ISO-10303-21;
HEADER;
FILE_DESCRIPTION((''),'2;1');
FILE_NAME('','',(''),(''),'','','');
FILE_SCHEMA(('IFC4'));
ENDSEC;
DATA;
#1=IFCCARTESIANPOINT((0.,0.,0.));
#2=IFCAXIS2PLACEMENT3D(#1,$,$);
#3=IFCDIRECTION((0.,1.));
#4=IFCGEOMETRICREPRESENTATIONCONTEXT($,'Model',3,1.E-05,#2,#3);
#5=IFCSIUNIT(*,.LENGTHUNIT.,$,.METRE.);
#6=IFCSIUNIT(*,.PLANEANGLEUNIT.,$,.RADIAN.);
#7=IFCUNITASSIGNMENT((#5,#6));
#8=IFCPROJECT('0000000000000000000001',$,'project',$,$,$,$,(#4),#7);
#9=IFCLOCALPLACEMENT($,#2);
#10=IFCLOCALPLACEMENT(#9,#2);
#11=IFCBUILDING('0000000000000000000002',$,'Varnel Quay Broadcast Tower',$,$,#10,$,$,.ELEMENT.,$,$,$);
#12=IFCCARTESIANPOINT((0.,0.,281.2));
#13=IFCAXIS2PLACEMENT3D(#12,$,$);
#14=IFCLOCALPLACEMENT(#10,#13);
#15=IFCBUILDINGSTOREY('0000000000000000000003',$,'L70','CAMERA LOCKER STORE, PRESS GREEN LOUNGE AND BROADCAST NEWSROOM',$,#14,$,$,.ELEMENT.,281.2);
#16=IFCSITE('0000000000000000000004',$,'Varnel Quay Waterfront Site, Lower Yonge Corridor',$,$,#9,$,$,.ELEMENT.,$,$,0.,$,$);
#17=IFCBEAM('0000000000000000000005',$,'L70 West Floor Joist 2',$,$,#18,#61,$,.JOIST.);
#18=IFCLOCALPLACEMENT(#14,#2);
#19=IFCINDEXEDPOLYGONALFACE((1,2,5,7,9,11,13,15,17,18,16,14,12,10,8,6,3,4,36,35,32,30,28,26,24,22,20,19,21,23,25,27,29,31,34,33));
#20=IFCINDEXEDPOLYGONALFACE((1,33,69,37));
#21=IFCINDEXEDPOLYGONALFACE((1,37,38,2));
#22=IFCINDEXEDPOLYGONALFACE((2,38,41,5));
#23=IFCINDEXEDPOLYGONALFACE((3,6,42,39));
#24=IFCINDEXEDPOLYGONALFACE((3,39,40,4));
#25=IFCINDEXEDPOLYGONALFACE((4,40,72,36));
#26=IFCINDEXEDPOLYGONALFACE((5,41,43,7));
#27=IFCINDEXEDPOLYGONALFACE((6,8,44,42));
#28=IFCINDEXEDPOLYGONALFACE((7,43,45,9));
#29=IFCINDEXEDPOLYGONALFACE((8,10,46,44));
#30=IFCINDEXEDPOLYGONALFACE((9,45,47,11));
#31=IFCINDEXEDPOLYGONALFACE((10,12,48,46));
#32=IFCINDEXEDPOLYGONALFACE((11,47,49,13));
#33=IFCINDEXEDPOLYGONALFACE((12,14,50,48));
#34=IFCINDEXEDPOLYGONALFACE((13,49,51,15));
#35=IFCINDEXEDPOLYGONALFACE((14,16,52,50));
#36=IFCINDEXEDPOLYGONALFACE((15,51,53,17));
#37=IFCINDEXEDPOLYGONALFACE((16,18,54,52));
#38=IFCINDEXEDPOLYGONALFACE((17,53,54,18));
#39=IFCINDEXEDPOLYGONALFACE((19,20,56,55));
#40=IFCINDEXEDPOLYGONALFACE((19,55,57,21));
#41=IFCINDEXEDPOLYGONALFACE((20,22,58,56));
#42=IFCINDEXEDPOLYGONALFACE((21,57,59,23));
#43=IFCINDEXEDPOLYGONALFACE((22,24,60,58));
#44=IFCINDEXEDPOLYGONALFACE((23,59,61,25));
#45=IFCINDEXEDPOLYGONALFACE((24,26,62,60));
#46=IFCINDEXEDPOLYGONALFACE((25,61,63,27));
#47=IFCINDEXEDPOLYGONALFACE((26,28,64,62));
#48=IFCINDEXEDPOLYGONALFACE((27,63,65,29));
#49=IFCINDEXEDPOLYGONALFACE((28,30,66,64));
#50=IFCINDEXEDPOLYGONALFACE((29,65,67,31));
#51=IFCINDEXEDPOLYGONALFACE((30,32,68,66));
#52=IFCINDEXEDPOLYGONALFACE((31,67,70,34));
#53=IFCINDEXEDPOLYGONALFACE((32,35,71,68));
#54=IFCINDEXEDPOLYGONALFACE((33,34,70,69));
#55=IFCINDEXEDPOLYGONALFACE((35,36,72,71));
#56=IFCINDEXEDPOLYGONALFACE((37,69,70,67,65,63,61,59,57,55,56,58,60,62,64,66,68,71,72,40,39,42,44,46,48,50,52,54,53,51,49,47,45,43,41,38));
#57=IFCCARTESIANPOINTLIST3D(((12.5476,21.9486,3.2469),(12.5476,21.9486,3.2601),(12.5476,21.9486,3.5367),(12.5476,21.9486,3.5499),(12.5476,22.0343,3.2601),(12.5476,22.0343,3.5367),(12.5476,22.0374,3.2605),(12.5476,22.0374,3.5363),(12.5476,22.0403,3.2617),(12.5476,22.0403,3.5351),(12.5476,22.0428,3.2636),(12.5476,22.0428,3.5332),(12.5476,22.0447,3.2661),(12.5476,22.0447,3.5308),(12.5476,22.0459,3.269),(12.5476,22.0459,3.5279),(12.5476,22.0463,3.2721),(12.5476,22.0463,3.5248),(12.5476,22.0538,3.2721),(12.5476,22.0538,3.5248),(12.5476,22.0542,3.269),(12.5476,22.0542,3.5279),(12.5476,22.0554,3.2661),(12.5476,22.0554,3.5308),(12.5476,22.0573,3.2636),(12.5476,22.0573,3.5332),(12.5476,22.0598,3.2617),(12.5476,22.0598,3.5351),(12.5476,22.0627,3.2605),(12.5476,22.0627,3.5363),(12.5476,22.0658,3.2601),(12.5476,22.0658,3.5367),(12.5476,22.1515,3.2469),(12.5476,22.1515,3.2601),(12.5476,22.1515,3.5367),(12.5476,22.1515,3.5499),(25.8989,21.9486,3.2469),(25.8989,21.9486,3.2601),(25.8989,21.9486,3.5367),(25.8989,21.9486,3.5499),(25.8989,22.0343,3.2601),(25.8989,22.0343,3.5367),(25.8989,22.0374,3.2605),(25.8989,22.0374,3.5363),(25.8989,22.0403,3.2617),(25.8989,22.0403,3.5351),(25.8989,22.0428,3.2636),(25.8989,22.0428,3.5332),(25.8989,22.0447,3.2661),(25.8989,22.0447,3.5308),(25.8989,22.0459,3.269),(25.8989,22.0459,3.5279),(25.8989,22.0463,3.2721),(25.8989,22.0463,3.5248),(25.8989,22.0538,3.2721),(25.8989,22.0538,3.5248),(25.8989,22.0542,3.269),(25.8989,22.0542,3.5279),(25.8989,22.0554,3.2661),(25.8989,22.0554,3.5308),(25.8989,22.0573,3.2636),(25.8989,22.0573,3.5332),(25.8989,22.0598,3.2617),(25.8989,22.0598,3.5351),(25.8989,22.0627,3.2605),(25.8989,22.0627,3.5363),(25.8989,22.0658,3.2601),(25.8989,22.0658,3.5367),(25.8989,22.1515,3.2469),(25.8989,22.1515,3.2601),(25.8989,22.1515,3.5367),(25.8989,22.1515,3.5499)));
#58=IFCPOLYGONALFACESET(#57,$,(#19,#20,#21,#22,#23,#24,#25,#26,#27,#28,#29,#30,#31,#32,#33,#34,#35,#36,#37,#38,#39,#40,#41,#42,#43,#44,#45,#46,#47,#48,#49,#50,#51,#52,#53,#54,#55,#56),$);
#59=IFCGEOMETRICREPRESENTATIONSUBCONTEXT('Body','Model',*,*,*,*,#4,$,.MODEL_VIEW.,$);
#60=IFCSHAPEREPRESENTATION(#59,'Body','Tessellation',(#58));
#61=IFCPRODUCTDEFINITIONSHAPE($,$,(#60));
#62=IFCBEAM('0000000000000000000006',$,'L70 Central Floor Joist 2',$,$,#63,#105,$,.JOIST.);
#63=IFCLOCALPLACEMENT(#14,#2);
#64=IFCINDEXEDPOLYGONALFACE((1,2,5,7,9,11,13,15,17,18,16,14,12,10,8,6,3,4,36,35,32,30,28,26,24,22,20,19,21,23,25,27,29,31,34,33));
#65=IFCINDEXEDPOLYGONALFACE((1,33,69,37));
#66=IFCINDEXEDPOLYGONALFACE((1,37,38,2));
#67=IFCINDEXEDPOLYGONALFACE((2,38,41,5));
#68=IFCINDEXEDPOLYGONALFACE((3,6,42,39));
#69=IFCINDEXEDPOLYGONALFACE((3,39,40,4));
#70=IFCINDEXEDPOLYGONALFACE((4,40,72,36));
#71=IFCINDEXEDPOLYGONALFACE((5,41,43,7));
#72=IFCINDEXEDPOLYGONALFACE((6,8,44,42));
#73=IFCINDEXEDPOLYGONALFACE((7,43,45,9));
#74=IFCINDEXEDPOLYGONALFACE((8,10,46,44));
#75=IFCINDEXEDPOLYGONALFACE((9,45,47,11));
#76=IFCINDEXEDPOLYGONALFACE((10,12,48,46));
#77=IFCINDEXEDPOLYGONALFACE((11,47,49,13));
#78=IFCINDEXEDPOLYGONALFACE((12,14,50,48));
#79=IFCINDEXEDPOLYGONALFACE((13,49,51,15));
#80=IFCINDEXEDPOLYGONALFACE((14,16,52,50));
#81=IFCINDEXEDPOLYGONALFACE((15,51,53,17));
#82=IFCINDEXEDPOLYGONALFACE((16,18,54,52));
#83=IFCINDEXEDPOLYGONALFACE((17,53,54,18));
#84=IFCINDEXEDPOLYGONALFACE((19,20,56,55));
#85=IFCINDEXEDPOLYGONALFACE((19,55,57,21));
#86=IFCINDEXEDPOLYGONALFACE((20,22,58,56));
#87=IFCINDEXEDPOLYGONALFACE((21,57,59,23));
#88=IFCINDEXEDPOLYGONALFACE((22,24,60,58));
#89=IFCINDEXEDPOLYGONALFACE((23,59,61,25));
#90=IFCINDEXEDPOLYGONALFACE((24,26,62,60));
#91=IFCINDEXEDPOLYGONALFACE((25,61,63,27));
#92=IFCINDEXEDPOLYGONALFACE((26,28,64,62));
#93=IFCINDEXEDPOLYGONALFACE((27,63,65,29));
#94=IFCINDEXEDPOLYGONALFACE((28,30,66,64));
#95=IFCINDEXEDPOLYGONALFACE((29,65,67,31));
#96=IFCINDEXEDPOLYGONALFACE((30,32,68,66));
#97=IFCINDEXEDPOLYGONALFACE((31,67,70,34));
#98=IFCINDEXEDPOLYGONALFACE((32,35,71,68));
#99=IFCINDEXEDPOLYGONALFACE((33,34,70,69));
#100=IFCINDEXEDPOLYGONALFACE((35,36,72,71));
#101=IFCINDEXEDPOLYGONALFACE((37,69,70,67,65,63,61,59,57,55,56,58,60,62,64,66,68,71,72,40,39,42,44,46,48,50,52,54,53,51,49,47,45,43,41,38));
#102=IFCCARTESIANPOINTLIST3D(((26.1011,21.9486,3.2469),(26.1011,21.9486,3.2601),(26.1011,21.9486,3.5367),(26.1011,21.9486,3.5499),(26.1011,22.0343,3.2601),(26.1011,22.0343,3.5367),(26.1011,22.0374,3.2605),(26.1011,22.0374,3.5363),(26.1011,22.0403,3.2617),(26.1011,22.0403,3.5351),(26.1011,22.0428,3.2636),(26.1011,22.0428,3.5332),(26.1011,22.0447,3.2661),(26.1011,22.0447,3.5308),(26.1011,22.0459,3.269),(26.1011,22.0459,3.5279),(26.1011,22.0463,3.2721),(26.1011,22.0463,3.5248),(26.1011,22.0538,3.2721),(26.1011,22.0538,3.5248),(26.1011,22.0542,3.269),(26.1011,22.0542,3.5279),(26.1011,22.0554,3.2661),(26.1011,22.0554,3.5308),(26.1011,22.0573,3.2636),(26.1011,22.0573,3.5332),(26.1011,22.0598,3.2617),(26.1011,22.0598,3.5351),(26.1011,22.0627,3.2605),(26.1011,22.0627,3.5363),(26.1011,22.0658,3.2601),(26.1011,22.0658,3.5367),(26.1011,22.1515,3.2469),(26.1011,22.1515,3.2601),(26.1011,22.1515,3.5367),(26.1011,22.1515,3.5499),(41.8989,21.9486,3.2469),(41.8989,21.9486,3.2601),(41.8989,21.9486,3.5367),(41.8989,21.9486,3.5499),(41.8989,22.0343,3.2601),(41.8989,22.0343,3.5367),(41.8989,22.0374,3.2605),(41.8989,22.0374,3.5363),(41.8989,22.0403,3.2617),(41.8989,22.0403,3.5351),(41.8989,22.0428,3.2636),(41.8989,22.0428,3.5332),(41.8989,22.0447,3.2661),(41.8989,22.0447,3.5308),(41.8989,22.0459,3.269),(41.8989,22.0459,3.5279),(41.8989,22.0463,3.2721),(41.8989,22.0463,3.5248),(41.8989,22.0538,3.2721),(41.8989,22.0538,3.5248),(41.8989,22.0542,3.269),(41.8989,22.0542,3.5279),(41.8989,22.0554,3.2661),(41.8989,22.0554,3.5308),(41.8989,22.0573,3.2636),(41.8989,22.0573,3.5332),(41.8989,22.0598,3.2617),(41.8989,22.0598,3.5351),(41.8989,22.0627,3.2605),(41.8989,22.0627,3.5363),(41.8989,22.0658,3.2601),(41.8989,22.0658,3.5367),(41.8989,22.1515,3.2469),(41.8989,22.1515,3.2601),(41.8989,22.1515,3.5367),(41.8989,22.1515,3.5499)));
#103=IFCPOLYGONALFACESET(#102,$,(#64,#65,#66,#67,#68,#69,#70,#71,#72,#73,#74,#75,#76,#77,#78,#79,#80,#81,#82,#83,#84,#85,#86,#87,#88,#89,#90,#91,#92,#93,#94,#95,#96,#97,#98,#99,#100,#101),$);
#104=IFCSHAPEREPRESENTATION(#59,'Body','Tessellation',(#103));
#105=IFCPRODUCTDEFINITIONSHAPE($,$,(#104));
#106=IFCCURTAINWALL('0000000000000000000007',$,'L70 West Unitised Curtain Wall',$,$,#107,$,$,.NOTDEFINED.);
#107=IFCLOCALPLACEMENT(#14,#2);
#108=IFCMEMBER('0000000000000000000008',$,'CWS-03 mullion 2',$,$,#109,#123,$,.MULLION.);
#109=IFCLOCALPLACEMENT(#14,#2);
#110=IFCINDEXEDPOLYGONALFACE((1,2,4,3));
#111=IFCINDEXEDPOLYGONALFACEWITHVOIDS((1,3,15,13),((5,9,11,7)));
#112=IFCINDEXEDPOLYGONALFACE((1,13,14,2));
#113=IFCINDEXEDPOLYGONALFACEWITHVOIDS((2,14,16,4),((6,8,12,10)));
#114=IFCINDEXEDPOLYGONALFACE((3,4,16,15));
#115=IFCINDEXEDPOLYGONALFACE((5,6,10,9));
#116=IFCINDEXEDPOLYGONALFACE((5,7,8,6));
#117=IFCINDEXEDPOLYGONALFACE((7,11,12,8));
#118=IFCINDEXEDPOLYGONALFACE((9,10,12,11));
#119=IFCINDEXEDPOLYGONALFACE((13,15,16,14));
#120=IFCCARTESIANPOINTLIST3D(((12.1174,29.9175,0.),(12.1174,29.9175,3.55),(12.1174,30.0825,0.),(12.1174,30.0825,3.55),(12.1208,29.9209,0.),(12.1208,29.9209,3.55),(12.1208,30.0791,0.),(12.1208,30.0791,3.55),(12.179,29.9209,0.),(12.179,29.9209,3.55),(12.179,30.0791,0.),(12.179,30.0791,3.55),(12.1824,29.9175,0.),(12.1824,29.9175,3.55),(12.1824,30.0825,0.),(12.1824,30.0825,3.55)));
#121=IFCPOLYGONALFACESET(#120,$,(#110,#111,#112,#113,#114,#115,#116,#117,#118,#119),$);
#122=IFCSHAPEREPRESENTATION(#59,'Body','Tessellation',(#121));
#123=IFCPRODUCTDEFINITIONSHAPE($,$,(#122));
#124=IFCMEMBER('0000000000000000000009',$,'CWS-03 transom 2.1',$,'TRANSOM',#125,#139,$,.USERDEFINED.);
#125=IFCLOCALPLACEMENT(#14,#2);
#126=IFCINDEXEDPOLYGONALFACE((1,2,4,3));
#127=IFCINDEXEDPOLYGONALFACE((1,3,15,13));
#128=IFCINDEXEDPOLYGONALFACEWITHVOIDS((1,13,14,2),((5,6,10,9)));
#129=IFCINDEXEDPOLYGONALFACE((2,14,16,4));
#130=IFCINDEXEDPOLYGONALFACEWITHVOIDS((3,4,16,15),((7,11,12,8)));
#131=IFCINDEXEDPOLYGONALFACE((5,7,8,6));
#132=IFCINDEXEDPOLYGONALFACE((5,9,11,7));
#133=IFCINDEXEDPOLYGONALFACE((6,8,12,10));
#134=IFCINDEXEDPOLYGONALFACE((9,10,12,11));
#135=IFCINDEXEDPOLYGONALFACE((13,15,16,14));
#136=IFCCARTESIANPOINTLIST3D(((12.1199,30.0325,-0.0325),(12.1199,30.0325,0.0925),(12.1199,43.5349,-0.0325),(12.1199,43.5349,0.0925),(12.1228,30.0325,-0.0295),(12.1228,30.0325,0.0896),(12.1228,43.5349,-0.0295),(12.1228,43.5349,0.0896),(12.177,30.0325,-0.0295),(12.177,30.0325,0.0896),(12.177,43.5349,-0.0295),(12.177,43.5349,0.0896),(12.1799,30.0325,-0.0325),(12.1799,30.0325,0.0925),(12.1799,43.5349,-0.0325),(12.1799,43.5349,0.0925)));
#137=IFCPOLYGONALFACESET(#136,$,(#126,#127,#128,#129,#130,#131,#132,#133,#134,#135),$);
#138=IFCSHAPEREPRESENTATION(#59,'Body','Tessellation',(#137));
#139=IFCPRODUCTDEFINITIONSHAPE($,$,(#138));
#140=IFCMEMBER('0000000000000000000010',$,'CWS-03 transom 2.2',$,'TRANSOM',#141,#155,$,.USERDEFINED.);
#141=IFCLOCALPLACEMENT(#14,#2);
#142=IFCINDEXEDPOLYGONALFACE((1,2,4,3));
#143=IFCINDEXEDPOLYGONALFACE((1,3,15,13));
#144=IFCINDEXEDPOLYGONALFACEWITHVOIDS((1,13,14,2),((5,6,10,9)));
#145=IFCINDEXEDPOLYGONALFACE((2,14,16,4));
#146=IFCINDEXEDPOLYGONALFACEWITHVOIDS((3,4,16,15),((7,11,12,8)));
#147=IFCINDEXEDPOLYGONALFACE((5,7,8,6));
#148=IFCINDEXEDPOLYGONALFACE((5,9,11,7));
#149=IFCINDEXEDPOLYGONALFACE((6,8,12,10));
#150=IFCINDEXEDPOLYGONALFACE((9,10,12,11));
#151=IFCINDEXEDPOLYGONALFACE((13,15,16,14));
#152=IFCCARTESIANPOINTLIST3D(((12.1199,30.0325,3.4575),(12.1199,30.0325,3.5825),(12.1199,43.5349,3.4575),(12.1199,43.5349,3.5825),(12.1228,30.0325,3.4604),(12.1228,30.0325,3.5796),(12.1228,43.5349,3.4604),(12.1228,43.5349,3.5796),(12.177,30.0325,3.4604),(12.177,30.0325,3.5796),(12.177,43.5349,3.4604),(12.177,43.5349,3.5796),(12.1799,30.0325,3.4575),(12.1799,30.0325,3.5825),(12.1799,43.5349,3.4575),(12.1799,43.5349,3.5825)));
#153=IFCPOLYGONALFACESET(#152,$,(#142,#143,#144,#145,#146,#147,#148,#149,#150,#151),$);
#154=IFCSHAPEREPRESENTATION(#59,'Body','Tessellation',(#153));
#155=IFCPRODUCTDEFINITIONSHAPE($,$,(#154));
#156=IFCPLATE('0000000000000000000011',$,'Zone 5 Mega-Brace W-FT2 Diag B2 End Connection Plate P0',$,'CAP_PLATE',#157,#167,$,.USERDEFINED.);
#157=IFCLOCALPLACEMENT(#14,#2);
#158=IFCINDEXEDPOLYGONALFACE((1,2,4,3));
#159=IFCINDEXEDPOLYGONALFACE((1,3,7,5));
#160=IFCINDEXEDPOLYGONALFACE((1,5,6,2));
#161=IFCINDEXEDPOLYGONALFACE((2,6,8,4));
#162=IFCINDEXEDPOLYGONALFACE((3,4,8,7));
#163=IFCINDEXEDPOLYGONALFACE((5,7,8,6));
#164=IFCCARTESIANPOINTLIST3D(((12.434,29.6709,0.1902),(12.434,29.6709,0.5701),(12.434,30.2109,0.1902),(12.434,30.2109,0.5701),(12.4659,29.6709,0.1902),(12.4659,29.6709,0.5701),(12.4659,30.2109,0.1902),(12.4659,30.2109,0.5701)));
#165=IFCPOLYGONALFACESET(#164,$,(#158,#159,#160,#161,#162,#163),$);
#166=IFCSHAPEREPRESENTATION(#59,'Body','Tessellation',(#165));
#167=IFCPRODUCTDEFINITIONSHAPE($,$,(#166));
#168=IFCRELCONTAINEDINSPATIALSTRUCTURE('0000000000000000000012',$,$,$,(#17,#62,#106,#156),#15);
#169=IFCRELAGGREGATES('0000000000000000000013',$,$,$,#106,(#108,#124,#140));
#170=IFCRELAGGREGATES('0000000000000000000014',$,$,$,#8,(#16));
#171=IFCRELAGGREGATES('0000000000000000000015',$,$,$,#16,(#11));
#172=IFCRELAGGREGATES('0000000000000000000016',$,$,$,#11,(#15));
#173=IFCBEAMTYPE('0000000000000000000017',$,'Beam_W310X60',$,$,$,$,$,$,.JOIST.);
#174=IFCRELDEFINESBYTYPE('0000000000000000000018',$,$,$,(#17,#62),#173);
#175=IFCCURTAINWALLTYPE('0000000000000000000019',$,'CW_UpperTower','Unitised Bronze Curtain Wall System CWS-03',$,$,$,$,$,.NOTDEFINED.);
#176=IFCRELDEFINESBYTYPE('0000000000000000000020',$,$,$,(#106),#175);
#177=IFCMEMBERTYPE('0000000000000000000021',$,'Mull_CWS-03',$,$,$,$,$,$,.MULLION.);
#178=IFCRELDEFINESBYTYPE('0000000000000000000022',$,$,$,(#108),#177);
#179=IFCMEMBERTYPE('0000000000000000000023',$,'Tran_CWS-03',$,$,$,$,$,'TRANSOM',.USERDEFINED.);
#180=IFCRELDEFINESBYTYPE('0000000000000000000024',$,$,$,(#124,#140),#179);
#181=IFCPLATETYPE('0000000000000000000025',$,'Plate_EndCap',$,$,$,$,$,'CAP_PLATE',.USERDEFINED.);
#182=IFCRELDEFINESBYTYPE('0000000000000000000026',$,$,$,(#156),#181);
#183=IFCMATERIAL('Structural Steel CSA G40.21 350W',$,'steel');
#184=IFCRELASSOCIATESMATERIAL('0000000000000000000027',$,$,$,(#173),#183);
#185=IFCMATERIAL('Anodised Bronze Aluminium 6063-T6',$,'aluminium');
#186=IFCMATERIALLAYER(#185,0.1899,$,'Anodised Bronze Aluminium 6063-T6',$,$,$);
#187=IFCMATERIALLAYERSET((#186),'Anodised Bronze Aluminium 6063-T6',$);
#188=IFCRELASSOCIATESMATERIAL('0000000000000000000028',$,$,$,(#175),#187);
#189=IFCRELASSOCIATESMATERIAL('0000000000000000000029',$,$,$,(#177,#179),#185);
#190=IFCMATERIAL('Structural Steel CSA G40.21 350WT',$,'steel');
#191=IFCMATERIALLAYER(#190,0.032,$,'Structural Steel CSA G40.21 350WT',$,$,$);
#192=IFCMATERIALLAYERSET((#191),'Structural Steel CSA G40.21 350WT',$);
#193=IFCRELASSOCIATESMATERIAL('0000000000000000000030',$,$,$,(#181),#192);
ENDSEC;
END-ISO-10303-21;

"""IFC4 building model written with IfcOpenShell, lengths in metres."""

from ifc_helpers import new_model, si_unit, direction, frame, origin, origin_2d, place, context, subcontext, project, spatial, rectangle, hollow_rectangle, i_section, extrude, source, transform, mapped, material, layer, layer_set, material_profile, profile_set, type_object, type_shapes, element, aggregate, save


model = new_model("IFC4")

# Units and contexts
model_context = context("Model", 3, precision=1e-05, world=origin(), true_north=direction((0.0, 1.0)))
body_context = subcontext(model_context, "Body", "Model", "MODEL_VIEW")
ifc_project = project(units=[si_unit("LENGTHUNIT", "METRE"), si_unit("PLANEANGLEUNIT", "RADIAN")], contexts=[model_context])

# Site, building, storey
site_placement = place(None, origin())
site = spatial("IfcSite", under=ifc_project, at=site_placement, Name="Varnel Quay Waterfront Site, Lower Yonge Corridor", CompositionType="ELEMENT", RefElevation=0.0)
building_placement = place(site_placement, origin())
building = spatial("IfcBuilding", under=site, at=building_placement, Name="Varnel Quay Broadcast Tower", CompositionType="ELEMENT")
storey_placement = place(building_placement, frame((0.0, 0.0, 281.2)))
storey = spatial("IfcBuildingStorey", under=building, at=storey_placement, Name="L70", Description="CAMERA LOCKER STORE, PRESS GREEN LOUNGE AND BROADCAST NEWSROOM", CompositionType="ELEMENT", Elevation=281.2)

# Shared definitions
ifc_material_1 = material(Name="Structural Steel CSA G40.21 350WT", Category="steel")
ifc_material_2 = material(Name="Structural Steel CSA G40.21 350W", Category="steel")

# Beams
ifc_material_profile_1 = material_profile(ifc_material_2, i_section(OverallWidth=0.2029, OverallDepth=0.303, WebThickness=0.0076, FlangeThickness=0.0132, FilletRadius=0.012, at=origin_2d()), Name="W310X60")
ifc_profile_set_1 = profile_set([ifc_material_profile_1], Name="Structural Steel CSA G40.21 350W")
beam_type_1 = type_object("IfcBeamType", Name="Beam_W310X60", PredefinedType="JOIST", material=ifc_profile_set_1)
shared_shape_1 = source(origin(), body_context, "Body", "SweptSolid", [
    extrude(i_section(OverallWidth=0.2029, OverallDepth=0.303, WebThickness=0.0076, FlangeThickness=0.0132, FilletRadius=0.012, at=origin_2d()), origin(), (0.0, 0.0, 1.0), 13.3513),
])
beam_1_placement = place(storey_placement, frame((12.5476, 22.05, 3.3984), z_axis=(1.0, 0.0, 0.0), x_axis=(0.0, 1.0, 0.0)))
element("IfcBeam", 1, at=beam_1_placement, inside=storey, type_object=beam_type_1, Name="L70 West Floor Joist 2", PredefinedType="JOIST", context=body_context, shape_type="MappedRepresentation", body=[
    mapped(shared_shape_1, transform((0.0, 0.0, 0.0), x_axis=(1.0, 0.0, 0.0), y_axis=(0.0, 1.0, 0.0), z_axis=(0.0, 0.0, 1.0), scale=1.0)),
])
shared_shape_2 = source(origin(), body_context, "Body", "SweptSolid", [
    extrude(i_section(OverallWidth=0.2029, OverallDepth=0.303, WebThickness=0.0076, FlangeThickness=0.0132, FilletRadius=0.012, at=origin_2d()), origin(), (0.0, 0.0, 1.0), 15.7979),
])
type_shapes(beam_type_1, [shared_shape_1, shared_shape_2])
beam_2_placement = place(storey_placement, frame((26.1011, 22.05, 3.3984), z_axis=(1.0, 0.0, 0.0), x_axis=(0.0, 1.0, 0.0)))
element("IfcBeam", 2, at=beam_2_placement, inside=storey, type_object=beam_type_1, Name="L70 Central Floor Joist 2", PredefinedType="JOIST", context=body_context, shape_type="MappedRepresentation", body=[
    mapped(shared_shape_2, transform((0.0, 0.0, 0.0), x_axis=(1.0, 0.0, 0.0), y_axis=(0.0, 1.0, 0.0), z_axis=(0.0, 0.0, 1.0), scale=1.0)),
])

# Curtain wall, members
ifc_material_3 = material(Name="Anodised Bronze Aluminium 6063-T6", Category="aluminium")
ifc_layer_1 = layer(ifc_material_3, 0.1899, Name="Anodised Bronze Aluminium 6063-T6")
ifc_layer_set_1 = layer_set([ifc_layer_1], Name="Anodised Bronze Aluminium 6063-T6")
curtain_wall_type = type_object("IfcCurtainWallType", Name="CW_UpperTower", Description="Unitised Bronze Curtain Wall System CWS-03", PredefinedType="NOTDEFINED", material=ifc_layer_set_1)
curtain_wall_placement = place(storey_placement, origin())
curtain_wall = element("IfcCurtainWall", 3, at=curtain_wall_placement, inside=storey, type_object=curtain_wall_type, Name="L70 West Unitised Curtain Wall", PredefinedType="NOTDEFINED")
ifc_material_profile_2 = material_profile(ifc_material_3, hollow_rectangle(XDim=0.0649, YDim=0.165, WallThickness=0.0034, at=origin_2d()), Name="ALU65X165X3.5")
ifc_profile_set_2 = profile_set([ifc_material_profile_2], Name="Anodised Bronze Aluminium 6063-T6")
member_type_1 = type_object("IfcMemberType", Name="Mull_CWS-03", PredefinedType="MULLION", material=ifc_profile_set_2)
shared_shape_3 = source(origin(), body_context, "Body", "SweptSolid", [
    extrude(hollow_rectangle(XDim=0.0649, YDim=0.165, WallThickness=0.0034, at=origin_2d()), origin(), (0.0, 0.0, 1.0), 3.55),
])
type_shapes(member_type_1, [shared_shape_3])
member_1_placement = place(storey_placement, frame((12.1499, 30.0, 0.0), z_axis=(0.0, 0.0, 1.0), x_axis=(-1.0, 0.0, 0.0)))
member_1 = element("IfcMember", 4, at=member_1_placement, type_object=member_type_1, Name="CWS-03 mullion 2", PredefinedType="MULLION", context=body_context, shape_type="MappedRepresentation", body=[
    mapped(shared_shape_3, transform((0.0, 0.0, 0.0), x_axis=(1.0, 0.0, 0.0), y_axis=(0.0, 1.0, 0.0), z_axis=(0.0, 0.0, 1.0), scale=1.0)),
])
ifc_material_profile_3 = material_profile(ifc_material_3, hollow_rectangle(XDim=0.0601, YDim=0.125, WallThickness=0.0029, at=origin_2d()), Name="ALU60X125X3")
ifc_profile_set_3 = profile_set([ifc_material_profile_3], Name="Anodised Bronze Aluminium 6063-T6")
member_type_2 = type_object("IfcMemberType", Name="Tran_CWS-03", ElementType="TRANSOM", PredefinedType="USERDEFINED", material=ifc_profile_set_3)
shared_shape_4 = source(origin(), body_context, "Body", "SweptSolid", [
    extrude(hollow_rectangle(XDim=0.0601, YDim=0.125, WallThickness=0.0029, at=origin_2d()), origin(), (0.0, 0.0, 1.0), 13.5024),
])
type_shapes(member_type_2, [shared_shape_4])
member_2_placement = place(storey_placement, frame((12.1499, 30.0325, 0.03), z_axis=(0.0, 1.0, 0.0), x_axis=(-1.0, 0.0, 0.0)))
member_2 = element("IfcMember", 5, at=member_2_placement, type_object=member_type_2, Name="CWS-03 transom 2.1", ObjectType="TRANSOM", PredefinedType="USERDEFINED", context=body_context, shape_type="MappedRepresentation", body=[
    mapped(shared_shape_4, transform((0.0, 0.0, 0.0), x_axis=(1.0, 0.0, 0.0), y_axis=(0.0, 1.0, 0.0), z_axis=(0.0, 0.0, 1.0), scale=1.0)),
])
member_3_placement = place(storey_placement, frame((12.1499, 30.0325, 3.52), z_axis=(0.0, 1.0, 0.0), x_axis=(-1.0, 0.0, 0.0)))
member_3 = element("IfcMember", 6, at=member_3_placement, type_object=member_type_2, Name="CWS-03 transom 2.2", ObjectType="TRANSOM", PredefinedType="USERDEFINED", context=body_context, shape_type="MappedRepresentation", body=[
    mapped(shared_shape_4, transform((0.0, 0.0, 0.0), x_axis=(1.0, 0.0, 0.0), y_axis=(0.0, 1.0, 0.0), z_axis=(0.0, 0.0, 1.0), scale=1.0)),
])

# Plate
ifc_layer_2 = layer(ifc_material_1, 0.032, Name="Structural Steel CSA G40.21 350WT")
ifc_layer_set_2 = layer_set([ifc_layer_2], Name="Structural Steel CSA G40.21 350WT")
plate_type_1 = type_object("IfcPlateType", Name="Plate_EndCap", ElementType="CAP_PLATE", PredefinedType="USERDEFINED", material=ifc_layer_set_2)
shared_shape_5 = source(origin(), body_context, "Body", "SweptSolid", [
    extrude(rectangle(XDim=0.54, YDim=0.032, at=origin_2d()), origin(), (0.0, 0.0, 1.0), 0.3799),
])
type_shapes(plate_type_1, [shared_shape_5])
plate_1_placement = place(storey_placement, frame((12.45, 29.9409, 0.1902), z_axis=(0.0, 0.0, 1.0), x_axis=(0.0, 1.0, 0.0)))
element("IfcPlate", 7, at=plate_1_placement, inside=storey, type_object=plate_type_1, Name="Zone 5 Mega-Brace W-FT2 Diag B2 End Connection Plate P0", ObjectType="CAP_PLATE", PredefinedType="USERDEFINED", context=body_context, shape_type="MappedRepresentation", body=[
    mapped(shared_shape_5, transform((0.0, 0.0, 0.0), x_axis=(1.0, 0.0, 0.0), y_axis=(0.0, 1.0, 0.0), z_axis=(0.0, 0.0, 1.0), scale=1.0)),
])
aggregate(curtain_wall, [member_1, member_2, member_3])

save(model, "model.ifc")
